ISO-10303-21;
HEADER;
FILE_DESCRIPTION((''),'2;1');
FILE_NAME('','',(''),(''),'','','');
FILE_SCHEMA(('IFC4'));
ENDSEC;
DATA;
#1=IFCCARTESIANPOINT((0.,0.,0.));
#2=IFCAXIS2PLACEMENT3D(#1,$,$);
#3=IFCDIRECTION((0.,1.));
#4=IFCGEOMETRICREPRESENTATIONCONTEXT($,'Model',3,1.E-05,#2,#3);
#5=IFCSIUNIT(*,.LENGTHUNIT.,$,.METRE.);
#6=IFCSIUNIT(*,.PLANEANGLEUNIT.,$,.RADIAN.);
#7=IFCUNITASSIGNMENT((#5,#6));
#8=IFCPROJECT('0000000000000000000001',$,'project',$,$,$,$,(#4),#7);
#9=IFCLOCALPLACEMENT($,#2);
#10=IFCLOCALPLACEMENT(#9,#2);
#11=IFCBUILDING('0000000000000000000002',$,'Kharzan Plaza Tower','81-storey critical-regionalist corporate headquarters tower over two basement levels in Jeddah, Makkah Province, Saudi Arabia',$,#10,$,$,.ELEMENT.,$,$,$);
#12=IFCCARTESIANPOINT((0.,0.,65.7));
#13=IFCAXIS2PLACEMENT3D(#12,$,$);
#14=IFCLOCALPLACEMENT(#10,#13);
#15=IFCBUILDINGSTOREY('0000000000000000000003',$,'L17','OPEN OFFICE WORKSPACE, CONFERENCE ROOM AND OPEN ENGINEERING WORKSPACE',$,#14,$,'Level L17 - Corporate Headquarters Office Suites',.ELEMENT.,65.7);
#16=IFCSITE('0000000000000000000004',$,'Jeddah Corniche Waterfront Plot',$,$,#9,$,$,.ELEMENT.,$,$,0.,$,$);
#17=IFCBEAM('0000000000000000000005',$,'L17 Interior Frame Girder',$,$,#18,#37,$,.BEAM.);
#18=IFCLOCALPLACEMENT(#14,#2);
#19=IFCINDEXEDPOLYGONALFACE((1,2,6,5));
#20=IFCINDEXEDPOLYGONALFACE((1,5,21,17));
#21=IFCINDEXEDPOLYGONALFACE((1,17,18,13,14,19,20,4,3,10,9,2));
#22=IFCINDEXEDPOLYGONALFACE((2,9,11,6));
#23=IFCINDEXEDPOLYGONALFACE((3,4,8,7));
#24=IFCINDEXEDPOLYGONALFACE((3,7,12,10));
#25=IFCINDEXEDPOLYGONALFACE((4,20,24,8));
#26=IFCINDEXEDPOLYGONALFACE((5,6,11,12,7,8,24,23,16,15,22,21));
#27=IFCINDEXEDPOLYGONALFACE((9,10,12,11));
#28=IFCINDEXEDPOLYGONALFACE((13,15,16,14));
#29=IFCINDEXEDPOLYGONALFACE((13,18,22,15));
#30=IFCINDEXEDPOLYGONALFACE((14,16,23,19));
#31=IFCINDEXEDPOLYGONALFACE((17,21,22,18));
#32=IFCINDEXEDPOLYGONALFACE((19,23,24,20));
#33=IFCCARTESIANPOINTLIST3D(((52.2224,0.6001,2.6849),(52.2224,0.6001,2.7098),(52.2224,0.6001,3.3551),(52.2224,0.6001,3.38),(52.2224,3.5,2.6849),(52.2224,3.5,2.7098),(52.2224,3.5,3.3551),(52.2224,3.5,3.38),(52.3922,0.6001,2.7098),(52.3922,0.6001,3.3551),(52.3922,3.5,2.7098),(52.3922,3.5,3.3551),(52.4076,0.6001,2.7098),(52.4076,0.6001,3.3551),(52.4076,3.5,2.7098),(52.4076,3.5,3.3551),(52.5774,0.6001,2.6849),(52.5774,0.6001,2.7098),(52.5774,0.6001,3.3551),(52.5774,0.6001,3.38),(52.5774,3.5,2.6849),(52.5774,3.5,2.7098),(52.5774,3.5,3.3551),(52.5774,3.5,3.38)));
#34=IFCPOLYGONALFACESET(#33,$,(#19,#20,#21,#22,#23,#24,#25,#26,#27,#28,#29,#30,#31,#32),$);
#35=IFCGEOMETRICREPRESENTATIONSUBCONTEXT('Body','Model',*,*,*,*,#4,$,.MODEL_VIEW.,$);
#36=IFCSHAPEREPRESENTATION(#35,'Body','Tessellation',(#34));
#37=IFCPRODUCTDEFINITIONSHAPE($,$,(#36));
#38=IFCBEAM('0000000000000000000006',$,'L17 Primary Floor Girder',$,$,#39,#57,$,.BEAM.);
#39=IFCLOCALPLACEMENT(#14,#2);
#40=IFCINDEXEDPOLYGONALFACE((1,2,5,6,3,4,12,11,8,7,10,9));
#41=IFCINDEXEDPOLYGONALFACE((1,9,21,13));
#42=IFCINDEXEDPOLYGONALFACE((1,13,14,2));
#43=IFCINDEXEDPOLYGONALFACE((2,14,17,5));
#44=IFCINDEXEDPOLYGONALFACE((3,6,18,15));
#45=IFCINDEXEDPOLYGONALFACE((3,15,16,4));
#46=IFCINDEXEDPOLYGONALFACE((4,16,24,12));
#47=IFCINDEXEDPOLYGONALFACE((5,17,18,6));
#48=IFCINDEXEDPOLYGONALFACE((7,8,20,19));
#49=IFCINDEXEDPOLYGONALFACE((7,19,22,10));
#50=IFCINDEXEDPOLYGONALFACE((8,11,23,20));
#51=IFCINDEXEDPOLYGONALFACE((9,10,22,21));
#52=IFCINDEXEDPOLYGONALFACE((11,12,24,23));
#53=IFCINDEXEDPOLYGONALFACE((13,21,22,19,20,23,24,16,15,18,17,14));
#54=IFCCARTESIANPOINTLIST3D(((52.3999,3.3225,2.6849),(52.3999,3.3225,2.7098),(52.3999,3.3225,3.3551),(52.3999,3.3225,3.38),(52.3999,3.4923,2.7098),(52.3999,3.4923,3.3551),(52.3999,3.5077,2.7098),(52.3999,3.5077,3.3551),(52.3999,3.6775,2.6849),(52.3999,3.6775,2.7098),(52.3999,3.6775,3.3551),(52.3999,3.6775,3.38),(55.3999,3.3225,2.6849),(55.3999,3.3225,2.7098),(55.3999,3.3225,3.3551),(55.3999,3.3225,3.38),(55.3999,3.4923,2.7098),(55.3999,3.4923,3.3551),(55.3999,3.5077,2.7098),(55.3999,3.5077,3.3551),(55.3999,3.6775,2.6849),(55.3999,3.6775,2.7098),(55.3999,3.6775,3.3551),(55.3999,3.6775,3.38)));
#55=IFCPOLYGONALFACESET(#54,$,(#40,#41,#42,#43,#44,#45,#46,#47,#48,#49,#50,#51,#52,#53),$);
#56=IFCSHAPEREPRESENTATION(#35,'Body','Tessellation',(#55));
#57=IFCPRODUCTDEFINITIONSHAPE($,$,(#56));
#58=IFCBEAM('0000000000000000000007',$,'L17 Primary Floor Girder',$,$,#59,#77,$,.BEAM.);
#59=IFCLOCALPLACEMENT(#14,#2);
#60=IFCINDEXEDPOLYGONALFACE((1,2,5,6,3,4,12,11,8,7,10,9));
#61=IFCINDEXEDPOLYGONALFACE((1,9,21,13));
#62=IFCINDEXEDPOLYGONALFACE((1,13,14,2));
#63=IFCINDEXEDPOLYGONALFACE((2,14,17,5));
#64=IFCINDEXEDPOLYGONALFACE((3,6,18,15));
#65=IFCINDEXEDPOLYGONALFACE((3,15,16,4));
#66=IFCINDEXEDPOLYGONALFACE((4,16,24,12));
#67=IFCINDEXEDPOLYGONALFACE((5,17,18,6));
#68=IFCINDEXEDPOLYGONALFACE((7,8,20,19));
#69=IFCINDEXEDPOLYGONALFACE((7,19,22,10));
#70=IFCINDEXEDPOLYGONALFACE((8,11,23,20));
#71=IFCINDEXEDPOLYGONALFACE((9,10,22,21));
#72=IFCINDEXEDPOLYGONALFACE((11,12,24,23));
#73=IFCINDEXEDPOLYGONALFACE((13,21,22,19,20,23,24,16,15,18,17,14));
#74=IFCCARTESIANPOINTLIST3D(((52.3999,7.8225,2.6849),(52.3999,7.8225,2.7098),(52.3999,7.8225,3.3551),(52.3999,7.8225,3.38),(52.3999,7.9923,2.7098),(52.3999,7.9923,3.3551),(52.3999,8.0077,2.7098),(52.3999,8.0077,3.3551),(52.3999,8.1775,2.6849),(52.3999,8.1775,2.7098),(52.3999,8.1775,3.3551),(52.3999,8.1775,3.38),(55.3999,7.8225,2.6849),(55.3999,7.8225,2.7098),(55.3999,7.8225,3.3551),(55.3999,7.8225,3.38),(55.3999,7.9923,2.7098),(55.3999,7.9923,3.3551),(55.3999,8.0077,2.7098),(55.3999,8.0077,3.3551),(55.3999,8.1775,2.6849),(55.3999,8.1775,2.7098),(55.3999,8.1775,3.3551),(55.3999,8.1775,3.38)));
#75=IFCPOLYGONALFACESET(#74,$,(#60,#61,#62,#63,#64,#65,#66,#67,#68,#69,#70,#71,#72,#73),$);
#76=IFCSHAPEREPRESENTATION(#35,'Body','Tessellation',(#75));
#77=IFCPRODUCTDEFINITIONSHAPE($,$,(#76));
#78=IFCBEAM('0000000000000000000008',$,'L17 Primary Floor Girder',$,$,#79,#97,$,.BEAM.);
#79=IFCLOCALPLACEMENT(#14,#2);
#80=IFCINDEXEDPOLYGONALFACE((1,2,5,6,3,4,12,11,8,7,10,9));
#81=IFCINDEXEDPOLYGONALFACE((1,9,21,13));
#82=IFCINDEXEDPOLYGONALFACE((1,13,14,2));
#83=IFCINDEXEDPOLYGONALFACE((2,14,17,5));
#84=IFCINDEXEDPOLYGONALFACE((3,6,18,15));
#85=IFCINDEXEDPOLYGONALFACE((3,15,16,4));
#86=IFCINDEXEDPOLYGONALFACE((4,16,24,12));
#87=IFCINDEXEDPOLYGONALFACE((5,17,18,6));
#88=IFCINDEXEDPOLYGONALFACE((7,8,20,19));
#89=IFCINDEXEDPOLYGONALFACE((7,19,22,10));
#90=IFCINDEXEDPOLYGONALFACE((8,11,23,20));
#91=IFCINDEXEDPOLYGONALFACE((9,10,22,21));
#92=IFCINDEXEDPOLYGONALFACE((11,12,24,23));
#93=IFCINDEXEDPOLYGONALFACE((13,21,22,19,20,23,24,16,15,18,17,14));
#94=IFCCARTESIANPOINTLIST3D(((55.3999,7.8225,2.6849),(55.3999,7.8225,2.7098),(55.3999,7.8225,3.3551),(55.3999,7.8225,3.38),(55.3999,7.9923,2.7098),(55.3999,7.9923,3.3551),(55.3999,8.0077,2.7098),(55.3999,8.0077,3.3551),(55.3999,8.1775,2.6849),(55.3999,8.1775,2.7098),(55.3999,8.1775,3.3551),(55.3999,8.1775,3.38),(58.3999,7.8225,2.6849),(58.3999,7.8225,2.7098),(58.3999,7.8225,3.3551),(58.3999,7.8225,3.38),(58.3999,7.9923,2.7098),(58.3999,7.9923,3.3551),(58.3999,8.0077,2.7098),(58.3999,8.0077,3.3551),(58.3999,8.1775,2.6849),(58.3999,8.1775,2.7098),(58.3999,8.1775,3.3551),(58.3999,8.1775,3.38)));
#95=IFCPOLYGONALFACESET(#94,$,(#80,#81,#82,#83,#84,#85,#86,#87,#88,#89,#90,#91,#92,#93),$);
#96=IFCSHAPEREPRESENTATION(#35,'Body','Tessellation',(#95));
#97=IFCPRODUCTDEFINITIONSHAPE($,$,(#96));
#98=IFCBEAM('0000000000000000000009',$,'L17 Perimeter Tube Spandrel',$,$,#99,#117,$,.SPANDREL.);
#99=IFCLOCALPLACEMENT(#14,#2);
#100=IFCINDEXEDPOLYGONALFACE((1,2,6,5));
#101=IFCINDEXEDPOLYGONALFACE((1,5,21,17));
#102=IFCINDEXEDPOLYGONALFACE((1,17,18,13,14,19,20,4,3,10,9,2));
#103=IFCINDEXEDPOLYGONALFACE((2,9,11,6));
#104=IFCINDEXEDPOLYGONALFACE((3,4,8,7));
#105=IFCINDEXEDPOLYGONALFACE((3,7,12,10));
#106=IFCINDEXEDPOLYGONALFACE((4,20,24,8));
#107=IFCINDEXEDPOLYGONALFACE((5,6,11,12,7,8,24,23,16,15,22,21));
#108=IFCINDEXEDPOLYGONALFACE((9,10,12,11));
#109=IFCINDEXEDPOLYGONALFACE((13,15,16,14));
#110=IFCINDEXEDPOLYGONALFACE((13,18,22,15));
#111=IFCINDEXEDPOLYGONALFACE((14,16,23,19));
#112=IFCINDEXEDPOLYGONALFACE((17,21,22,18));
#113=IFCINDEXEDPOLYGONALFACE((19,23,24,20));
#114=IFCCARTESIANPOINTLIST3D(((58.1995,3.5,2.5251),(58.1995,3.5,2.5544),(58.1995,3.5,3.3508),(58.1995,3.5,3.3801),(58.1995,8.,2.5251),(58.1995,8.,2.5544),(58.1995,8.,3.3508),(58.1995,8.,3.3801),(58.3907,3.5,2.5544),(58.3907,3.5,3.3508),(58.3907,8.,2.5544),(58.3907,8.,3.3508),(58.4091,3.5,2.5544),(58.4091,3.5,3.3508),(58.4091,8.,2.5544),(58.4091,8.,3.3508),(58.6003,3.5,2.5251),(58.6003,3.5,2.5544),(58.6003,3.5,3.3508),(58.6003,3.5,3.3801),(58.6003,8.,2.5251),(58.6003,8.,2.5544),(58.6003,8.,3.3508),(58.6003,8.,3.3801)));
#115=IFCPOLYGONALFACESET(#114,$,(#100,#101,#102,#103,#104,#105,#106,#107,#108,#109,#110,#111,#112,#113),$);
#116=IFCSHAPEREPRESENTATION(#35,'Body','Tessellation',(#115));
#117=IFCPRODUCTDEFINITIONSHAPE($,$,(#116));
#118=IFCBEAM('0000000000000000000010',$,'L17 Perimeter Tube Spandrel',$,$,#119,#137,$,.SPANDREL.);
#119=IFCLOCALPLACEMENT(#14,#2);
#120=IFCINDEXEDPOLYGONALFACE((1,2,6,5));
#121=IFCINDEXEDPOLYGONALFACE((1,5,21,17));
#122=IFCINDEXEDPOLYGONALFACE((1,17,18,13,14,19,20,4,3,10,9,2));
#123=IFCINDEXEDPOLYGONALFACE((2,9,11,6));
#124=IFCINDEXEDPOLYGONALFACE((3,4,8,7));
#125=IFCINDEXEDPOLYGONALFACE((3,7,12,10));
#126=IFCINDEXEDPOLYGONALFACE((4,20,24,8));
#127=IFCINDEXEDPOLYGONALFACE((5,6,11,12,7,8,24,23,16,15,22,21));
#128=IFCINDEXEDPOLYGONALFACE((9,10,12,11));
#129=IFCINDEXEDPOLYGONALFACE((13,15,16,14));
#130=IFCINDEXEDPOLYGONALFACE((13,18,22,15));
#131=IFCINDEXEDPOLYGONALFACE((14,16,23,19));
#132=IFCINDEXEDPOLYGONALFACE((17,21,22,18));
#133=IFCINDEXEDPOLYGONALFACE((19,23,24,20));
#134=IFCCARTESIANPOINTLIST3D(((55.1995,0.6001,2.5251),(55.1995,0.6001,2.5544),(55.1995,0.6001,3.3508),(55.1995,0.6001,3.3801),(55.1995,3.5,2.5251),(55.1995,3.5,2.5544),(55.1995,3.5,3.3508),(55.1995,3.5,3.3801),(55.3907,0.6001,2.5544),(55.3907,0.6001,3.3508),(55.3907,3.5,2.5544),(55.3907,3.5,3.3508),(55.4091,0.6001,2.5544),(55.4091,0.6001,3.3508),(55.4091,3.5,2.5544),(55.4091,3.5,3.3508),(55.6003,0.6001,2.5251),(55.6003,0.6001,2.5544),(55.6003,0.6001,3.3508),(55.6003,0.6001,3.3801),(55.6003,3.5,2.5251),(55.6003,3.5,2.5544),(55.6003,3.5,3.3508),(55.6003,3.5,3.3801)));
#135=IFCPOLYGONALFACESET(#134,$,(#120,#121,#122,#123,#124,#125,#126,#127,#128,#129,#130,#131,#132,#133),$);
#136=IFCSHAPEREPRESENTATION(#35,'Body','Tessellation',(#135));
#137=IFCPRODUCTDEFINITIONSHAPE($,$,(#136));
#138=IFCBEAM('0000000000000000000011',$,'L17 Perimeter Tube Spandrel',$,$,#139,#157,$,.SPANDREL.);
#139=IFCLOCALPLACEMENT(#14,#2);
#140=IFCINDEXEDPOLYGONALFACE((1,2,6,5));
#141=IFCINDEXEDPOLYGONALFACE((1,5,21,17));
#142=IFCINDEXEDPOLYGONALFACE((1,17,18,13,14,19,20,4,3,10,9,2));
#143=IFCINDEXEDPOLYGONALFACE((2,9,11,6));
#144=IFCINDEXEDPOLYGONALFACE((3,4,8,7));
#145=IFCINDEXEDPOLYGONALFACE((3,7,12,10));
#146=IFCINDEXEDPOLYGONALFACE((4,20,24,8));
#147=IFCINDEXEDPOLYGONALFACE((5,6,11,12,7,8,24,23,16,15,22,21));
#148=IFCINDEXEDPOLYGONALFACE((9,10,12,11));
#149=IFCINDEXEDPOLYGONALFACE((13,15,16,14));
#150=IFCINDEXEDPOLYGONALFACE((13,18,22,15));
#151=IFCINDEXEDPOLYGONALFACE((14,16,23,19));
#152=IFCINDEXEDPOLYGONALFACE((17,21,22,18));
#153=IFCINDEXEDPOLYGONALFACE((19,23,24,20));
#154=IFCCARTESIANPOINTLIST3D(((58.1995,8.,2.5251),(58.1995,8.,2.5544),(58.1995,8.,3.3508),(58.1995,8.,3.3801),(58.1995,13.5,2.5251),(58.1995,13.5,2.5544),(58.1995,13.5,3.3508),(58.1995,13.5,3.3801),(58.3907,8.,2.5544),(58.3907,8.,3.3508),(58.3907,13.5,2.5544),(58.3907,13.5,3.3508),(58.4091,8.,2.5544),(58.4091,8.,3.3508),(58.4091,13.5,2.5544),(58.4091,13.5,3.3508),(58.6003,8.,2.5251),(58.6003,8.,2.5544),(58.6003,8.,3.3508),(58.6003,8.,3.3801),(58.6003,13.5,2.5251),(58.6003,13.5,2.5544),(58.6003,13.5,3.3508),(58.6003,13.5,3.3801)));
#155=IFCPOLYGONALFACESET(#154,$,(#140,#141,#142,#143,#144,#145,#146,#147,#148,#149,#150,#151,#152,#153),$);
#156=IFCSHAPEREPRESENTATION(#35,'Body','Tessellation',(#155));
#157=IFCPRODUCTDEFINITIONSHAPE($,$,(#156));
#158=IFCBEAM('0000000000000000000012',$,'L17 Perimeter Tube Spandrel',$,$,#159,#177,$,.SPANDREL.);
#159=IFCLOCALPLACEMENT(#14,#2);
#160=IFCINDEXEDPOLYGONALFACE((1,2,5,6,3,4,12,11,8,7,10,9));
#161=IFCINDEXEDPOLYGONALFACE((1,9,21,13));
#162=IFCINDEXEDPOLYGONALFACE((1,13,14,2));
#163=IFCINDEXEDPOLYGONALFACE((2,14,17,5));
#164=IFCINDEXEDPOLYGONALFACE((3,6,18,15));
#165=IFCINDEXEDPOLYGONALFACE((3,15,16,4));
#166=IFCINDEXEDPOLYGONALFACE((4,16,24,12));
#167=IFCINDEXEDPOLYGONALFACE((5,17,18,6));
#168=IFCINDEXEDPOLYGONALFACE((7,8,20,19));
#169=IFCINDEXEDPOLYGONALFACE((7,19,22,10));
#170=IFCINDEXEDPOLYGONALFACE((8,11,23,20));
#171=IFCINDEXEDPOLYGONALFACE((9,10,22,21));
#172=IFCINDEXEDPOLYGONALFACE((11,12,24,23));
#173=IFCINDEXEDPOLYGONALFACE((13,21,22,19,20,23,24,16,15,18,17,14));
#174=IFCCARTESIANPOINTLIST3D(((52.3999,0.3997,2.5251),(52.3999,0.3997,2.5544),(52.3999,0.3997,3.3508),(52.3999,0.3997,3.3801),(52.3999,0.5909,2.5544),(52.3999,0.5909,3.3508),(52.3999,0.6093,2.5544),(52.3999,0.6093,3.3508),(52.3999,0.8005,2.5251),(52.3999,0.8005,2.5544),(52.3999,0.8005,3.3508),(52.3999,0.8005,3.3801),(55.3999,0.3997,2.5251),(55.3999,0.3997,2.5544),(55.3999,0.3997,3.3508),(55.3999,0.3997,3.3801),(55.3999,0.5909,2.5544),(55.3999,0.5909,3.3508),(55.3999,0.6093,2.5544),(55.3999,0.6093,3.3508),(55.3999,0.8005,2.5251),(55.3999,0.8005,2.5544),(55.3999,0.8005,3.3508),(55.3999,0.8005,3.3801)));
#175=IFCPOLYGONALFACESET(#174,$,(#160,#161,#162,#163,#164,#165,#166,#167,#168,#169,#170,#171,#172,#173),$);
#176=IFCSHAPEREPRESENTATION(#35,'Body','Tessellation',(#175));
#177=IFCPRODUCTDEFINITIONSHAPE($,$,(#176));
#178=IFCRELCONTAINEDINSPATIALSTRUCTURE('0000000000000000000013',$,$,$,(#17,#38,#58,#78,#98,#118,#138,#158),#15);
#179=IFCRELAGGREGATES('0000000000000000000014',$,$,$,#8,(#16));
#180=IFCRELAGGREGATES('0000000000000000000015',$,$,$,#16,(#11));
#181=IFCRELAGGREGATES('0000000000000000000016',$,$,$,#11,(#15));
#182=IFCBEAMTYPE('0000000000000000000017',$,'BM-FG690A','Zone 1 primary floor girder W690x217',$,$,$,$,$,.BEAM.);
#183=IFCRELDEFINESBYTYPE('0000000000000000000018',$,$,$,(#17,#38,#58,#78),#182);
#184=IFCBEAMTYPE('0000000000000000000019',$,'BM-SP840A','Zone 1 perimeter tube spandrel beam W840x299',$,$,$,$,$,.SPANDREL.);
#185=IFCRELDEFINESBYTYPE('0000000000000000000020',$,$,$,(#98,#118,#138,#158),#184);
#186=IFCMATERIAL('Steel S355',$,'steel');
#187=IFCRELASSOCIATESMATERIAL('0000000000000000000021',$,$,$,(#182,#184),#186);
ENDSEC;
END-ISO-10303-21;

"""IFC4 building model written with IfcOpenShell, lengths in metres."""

from ifc_helpers import new_model, si_unit, direction, frame, origin, origin_2d, place, context, subcontext, project, spatial, i_section, extrude, source, transform, mapped, material, material_profile, profile_set, type_object, element, save


model = new_model("IFC4")

# Units and contexts
model_context = context("Model", 3, precision=1e-05, world=origin(), true_north=direction((0.0, 1.0)))
body_context = subcontext(model_context, "Body", "Model", "MODEL_VIEW")
ifc_project = project(units=[si_unit("LENGTHUNIT", "METRE"), si_unit("PLANEANGLEUNIT", "RADIAN")], contexts=[model_context])

# Site, building, storey
site_placement = place(None, origin())
site = spatial("IfcSite", under=ifc_project, at=site_placement, Name="Jeddah Corniche Waterfront Plot", CompositionType="ELEMENT", RefElevation=0.0)
building_placement = place(site_placement, origin())
building = spatial("IfcBuilding", under=site, at=building_placement, Name="Kharzan Plaza Tower", Description="81-storey critical-regionalist corporate headquarters tower over two basement levels in Jeddah, Makkah Province, Saudi Arabia", CompositionType="ELEMENT")
storey_placement = place(building_placement, frame((0.0, 0.0, 65.7)))
storey = spatial("IfcBuildingStorey", under=building, at=storey_placement, Name="L17", Description="OPEN OFFICE WORKSPACE, CONFERENCE ROOM AND OPEN ENGINEERING WORKSPACE", LongName="Level L17 - Corporate Headquarters Office Suites", CompositionType="ELEMENT", Elevation=65.7)

# Beams
ifc_material_1 = material(Name="Steel S355", Category="steel")
ifc_material_profile_1 = material_profile(ifc_material_1, i_section(OverallWidth=0.355, OverallDepth=0.6951, WebThickness=0.0154, FlangeThickness=0.0249, at=origin_2d()), Name="W690x217")
ifc_profile_set_1 = profile_set([ifc_material_profile_1], Name="Steel S355")
beam_type_1 = type_object("IfcBeamType", Name="BM-FG690A", Description="Zone 1 primary floor girder W690x217", PredefinedType="BEAM", material=ifc_profile_set_1)
shared_shape_1 = source(origin(), body_context, "Body", "SweptSolid", [
    extrude(i_section(OverallWidth=0.355, OverallDepth=0.6951, WebThickness=0.0154, FlangeThickness=0.0249, at=origin_2d()), origin(), (0.0, 0.0, 1.0), 2.8999),
])
beam_1_placement = place(storey_placement, frame((52.3999, 0.6001, 3.0325), z_axis=(0.0, 1.0, 0.0), x_axis=(-1.0, 0.0, 0.0)))
element("IfcBeam", 1, at=beam_1_placement, inside=storey, type_object=beam_type_1, Name="L17 Interior Frame Girder", PredefinedType="BEAM", context=body_context, shape_type="MappedRepresentation", body=[
    mapped(shared_shape_1, transform((0.0, 0.0, 0.0), x_axis=(1.0, 0.0, 0.0), y_axis=(0.0, 1.0, 0.0), z_axis=(0.0, 0.0, 1.0))),
])
shared_shape_2 = source(origin(), body_context, "Body", "SweptSolid", [
    extrude(i_section(OverallWidth=0.355, OverallDepth=0.6951, WebThickness=0.0154, FlangeThickness=0.0249, at=origin_2d()), origin(), (0.0, 0.0, 1.0), 3.0),
])
for number, where, z_axis, x_axis, name in (
    (2, (52.3999, 3.5, 3.0325), (1.0, 0.0, 0.0), (0.0, 1.0, 0.0), "L17 Primary Floor Girder"),
    (3, (52.3999, 8.0, 3.0325), (1.0, 0.0, 0.0), (0.0, 1.0, 0.0), "L17 Primary Floor Girder"),
    (4, (55.3999, 8.0, 3.0325), (1.0, 0.0, 0.0), (0.0, 1.0, 0.0), "L17 Primary Floor Girder"),
):
    element("IfcBeam", number, at=place(storey_placement, frame(where, z_axis=z_axis, x_axis=x_axis)), inside=storey, type_object=beam_type_1, Name=name, PredefinedType="BEAM", context=body_context, shape_type="MappedRepresentation", body=[
        mapped(shared_shape_2, transform((0.0, 0.0, 0.0), x_axis=(1.0, 0.0, 0.0), y_axis=(0.0, 1.0, 0.0), z_axis=(0.0, 0.0, 1.0))),
    ])
ifc_material_profile_2 = material_profile(ifc_material_1, i_section(OverallWidth=0.4009, OverallDepth=0.855, WebThickness=0.0183, FlangeThickness=0.0293, at=origin_2d()), Name="W840x299")
ifc_profile_set_2 = profile_set([ifc_material_profile_2], Name="Steel S355")
beam_type_2 = type_object("IfcBeamType", Name="BM-SP840A", Description="Zone 1 perimeter tube spandrel beam W840x299", PredefinedType="SPANDREL", material=ifc_profile_set_2)
shared_shape_3 = source(origin(), body_context, "Body", "SweptSolid", [
    extrude(i_section(OverallWidth=0.4009, OverallDepth=0.855, WebThickness=0.0183, FlangeThickness=0.0293, at=origin_2d()), origin(), (0.0, 0.0, 1.0), 4.5),
])
beam_2_placement = place(storey_placement, frame((58.3999, 3.5, 2.9526), z_axis=(0.0, 1.0, 0.0), x_axis=(-1.0, 0.0, 0.0)))
element("IfcBeam", 5, at=beam_2_placement, inside=storey, type_object=beam_type_2, Name="L17 Perimeter Tube Spandrel", PredefinedType="SPANDREL", context=body_context, shape_type="MappedRepresentation", body=[
    mapped(shared_shape_3, transform((0.0, 0.0, 0.0), x_axis=(1.0, 0.0, 0.0), y_axis=(0.0, 1.0, 0.0), z_axis=(0.0, 0.0, 1.0))),
])
shared_shape_4 = source(origin(), body_context, "Body", "SweptSolid", [
    extrude(i_section(OverallWidth=0.4009, OverallDepth=0.855, WebThickness=0.0183, FlangeThickness=0.0293, at=origin_2d()), origin(), (0.0, 0.0, 1.0), 2.8999),
])
beam_3_placement = place(storey_placement, frame((55.3999, 0.6001, 2.9526), z_axis=(0.0, 1.0, 0.0), x_axis=(-1.0, 0.0, 0.0)))
element("IfcBeam", 6, at=beam_3_placement, inside=storey, type_object=beam_type_2, Name="L17 Perimeter Tube Spandrel", PredefinedType="SPANDREL", context=body_context, shape_type="MappedRepresentation", body=[
    mapped(shared_shape_4, transform((0.0, 0.0, 0.0), x_axis=(1.0, 0.0, 0.0), y_axis=(0.0, 1.0, 0.0), z_axis=(0.0, 0.0, 1.0))),
])
shared_shape_5 = source(origin(), body_context, "Body", "SweptSolid", [
    extrude(i_section(OverallWidth=0.4009, OverallDepth=0.855, WebThickness=0.0183, FlangeThickness=0.0293, at=origin_2d()), origin(), (0.0, 0.0, 1.0), 5.5),
])
beam_4_placement = place(storey_placement, frame((58.3999, 8.0, 2.9526), z_axis=(0.0, 1.0, 0.0), x_axis=(-1.0, 0.0, 0.0)))
element("IfcBeam", 7, at=beam_4_placement, inside=storey, type_object=beam_type_2, Name="L17 Perimeter Tube Spandrel", PredefinedType="SPANDREL", context=body_context, shape_type="MappedRepresentation", body=[
    mapped(shared_shape_5, transform((0.0, 0.0, 0.0), x_axis=(1.0, 0.0, 0.0), y_axis=(0.0, 1.0, 0.0), z_axis=(0.0, 0.0, 1.0))),
])
shared_shape_6 = source(origin(), body_context, "Body", "SweptSolid", [
    extrude(i_section(OverallWidth=0.4009, OverallDepth=0.855, WebThickness=0.0183, FlangeThickness=0.0293, at=origin_2d()), origin(), (0.0, 0.0, 1.0), 3.0),
])
for number, where, z_axis, x_axis, name in (
    (8, (52.3999, 0.6001, 2.9526), (1.0, 0.0, 0.0), (0.0, 1.0, 0.0), "L17 Perimeter Tube Spandrel"),
):
    element("IfcBeam", number, at=place(storey_placement, frame(where, z_axis=z_axis, x_axis=x_axis)), inside=storey, type_object=beam_type_2, Name=name, PredefinedType="SPANDREL", context=body_context, shape_type="MappedRepresentation", body=[
        mapped(shared_shape_6, transform((0.0, 0.0, 0.0), x_axis=(1.0, 0.0, 0.0), y_axis=(0.0, 1.0, 0.0), z_axis=(0.0, 0.0, 1.0))),
    ])

save(model, "model.ifc")
